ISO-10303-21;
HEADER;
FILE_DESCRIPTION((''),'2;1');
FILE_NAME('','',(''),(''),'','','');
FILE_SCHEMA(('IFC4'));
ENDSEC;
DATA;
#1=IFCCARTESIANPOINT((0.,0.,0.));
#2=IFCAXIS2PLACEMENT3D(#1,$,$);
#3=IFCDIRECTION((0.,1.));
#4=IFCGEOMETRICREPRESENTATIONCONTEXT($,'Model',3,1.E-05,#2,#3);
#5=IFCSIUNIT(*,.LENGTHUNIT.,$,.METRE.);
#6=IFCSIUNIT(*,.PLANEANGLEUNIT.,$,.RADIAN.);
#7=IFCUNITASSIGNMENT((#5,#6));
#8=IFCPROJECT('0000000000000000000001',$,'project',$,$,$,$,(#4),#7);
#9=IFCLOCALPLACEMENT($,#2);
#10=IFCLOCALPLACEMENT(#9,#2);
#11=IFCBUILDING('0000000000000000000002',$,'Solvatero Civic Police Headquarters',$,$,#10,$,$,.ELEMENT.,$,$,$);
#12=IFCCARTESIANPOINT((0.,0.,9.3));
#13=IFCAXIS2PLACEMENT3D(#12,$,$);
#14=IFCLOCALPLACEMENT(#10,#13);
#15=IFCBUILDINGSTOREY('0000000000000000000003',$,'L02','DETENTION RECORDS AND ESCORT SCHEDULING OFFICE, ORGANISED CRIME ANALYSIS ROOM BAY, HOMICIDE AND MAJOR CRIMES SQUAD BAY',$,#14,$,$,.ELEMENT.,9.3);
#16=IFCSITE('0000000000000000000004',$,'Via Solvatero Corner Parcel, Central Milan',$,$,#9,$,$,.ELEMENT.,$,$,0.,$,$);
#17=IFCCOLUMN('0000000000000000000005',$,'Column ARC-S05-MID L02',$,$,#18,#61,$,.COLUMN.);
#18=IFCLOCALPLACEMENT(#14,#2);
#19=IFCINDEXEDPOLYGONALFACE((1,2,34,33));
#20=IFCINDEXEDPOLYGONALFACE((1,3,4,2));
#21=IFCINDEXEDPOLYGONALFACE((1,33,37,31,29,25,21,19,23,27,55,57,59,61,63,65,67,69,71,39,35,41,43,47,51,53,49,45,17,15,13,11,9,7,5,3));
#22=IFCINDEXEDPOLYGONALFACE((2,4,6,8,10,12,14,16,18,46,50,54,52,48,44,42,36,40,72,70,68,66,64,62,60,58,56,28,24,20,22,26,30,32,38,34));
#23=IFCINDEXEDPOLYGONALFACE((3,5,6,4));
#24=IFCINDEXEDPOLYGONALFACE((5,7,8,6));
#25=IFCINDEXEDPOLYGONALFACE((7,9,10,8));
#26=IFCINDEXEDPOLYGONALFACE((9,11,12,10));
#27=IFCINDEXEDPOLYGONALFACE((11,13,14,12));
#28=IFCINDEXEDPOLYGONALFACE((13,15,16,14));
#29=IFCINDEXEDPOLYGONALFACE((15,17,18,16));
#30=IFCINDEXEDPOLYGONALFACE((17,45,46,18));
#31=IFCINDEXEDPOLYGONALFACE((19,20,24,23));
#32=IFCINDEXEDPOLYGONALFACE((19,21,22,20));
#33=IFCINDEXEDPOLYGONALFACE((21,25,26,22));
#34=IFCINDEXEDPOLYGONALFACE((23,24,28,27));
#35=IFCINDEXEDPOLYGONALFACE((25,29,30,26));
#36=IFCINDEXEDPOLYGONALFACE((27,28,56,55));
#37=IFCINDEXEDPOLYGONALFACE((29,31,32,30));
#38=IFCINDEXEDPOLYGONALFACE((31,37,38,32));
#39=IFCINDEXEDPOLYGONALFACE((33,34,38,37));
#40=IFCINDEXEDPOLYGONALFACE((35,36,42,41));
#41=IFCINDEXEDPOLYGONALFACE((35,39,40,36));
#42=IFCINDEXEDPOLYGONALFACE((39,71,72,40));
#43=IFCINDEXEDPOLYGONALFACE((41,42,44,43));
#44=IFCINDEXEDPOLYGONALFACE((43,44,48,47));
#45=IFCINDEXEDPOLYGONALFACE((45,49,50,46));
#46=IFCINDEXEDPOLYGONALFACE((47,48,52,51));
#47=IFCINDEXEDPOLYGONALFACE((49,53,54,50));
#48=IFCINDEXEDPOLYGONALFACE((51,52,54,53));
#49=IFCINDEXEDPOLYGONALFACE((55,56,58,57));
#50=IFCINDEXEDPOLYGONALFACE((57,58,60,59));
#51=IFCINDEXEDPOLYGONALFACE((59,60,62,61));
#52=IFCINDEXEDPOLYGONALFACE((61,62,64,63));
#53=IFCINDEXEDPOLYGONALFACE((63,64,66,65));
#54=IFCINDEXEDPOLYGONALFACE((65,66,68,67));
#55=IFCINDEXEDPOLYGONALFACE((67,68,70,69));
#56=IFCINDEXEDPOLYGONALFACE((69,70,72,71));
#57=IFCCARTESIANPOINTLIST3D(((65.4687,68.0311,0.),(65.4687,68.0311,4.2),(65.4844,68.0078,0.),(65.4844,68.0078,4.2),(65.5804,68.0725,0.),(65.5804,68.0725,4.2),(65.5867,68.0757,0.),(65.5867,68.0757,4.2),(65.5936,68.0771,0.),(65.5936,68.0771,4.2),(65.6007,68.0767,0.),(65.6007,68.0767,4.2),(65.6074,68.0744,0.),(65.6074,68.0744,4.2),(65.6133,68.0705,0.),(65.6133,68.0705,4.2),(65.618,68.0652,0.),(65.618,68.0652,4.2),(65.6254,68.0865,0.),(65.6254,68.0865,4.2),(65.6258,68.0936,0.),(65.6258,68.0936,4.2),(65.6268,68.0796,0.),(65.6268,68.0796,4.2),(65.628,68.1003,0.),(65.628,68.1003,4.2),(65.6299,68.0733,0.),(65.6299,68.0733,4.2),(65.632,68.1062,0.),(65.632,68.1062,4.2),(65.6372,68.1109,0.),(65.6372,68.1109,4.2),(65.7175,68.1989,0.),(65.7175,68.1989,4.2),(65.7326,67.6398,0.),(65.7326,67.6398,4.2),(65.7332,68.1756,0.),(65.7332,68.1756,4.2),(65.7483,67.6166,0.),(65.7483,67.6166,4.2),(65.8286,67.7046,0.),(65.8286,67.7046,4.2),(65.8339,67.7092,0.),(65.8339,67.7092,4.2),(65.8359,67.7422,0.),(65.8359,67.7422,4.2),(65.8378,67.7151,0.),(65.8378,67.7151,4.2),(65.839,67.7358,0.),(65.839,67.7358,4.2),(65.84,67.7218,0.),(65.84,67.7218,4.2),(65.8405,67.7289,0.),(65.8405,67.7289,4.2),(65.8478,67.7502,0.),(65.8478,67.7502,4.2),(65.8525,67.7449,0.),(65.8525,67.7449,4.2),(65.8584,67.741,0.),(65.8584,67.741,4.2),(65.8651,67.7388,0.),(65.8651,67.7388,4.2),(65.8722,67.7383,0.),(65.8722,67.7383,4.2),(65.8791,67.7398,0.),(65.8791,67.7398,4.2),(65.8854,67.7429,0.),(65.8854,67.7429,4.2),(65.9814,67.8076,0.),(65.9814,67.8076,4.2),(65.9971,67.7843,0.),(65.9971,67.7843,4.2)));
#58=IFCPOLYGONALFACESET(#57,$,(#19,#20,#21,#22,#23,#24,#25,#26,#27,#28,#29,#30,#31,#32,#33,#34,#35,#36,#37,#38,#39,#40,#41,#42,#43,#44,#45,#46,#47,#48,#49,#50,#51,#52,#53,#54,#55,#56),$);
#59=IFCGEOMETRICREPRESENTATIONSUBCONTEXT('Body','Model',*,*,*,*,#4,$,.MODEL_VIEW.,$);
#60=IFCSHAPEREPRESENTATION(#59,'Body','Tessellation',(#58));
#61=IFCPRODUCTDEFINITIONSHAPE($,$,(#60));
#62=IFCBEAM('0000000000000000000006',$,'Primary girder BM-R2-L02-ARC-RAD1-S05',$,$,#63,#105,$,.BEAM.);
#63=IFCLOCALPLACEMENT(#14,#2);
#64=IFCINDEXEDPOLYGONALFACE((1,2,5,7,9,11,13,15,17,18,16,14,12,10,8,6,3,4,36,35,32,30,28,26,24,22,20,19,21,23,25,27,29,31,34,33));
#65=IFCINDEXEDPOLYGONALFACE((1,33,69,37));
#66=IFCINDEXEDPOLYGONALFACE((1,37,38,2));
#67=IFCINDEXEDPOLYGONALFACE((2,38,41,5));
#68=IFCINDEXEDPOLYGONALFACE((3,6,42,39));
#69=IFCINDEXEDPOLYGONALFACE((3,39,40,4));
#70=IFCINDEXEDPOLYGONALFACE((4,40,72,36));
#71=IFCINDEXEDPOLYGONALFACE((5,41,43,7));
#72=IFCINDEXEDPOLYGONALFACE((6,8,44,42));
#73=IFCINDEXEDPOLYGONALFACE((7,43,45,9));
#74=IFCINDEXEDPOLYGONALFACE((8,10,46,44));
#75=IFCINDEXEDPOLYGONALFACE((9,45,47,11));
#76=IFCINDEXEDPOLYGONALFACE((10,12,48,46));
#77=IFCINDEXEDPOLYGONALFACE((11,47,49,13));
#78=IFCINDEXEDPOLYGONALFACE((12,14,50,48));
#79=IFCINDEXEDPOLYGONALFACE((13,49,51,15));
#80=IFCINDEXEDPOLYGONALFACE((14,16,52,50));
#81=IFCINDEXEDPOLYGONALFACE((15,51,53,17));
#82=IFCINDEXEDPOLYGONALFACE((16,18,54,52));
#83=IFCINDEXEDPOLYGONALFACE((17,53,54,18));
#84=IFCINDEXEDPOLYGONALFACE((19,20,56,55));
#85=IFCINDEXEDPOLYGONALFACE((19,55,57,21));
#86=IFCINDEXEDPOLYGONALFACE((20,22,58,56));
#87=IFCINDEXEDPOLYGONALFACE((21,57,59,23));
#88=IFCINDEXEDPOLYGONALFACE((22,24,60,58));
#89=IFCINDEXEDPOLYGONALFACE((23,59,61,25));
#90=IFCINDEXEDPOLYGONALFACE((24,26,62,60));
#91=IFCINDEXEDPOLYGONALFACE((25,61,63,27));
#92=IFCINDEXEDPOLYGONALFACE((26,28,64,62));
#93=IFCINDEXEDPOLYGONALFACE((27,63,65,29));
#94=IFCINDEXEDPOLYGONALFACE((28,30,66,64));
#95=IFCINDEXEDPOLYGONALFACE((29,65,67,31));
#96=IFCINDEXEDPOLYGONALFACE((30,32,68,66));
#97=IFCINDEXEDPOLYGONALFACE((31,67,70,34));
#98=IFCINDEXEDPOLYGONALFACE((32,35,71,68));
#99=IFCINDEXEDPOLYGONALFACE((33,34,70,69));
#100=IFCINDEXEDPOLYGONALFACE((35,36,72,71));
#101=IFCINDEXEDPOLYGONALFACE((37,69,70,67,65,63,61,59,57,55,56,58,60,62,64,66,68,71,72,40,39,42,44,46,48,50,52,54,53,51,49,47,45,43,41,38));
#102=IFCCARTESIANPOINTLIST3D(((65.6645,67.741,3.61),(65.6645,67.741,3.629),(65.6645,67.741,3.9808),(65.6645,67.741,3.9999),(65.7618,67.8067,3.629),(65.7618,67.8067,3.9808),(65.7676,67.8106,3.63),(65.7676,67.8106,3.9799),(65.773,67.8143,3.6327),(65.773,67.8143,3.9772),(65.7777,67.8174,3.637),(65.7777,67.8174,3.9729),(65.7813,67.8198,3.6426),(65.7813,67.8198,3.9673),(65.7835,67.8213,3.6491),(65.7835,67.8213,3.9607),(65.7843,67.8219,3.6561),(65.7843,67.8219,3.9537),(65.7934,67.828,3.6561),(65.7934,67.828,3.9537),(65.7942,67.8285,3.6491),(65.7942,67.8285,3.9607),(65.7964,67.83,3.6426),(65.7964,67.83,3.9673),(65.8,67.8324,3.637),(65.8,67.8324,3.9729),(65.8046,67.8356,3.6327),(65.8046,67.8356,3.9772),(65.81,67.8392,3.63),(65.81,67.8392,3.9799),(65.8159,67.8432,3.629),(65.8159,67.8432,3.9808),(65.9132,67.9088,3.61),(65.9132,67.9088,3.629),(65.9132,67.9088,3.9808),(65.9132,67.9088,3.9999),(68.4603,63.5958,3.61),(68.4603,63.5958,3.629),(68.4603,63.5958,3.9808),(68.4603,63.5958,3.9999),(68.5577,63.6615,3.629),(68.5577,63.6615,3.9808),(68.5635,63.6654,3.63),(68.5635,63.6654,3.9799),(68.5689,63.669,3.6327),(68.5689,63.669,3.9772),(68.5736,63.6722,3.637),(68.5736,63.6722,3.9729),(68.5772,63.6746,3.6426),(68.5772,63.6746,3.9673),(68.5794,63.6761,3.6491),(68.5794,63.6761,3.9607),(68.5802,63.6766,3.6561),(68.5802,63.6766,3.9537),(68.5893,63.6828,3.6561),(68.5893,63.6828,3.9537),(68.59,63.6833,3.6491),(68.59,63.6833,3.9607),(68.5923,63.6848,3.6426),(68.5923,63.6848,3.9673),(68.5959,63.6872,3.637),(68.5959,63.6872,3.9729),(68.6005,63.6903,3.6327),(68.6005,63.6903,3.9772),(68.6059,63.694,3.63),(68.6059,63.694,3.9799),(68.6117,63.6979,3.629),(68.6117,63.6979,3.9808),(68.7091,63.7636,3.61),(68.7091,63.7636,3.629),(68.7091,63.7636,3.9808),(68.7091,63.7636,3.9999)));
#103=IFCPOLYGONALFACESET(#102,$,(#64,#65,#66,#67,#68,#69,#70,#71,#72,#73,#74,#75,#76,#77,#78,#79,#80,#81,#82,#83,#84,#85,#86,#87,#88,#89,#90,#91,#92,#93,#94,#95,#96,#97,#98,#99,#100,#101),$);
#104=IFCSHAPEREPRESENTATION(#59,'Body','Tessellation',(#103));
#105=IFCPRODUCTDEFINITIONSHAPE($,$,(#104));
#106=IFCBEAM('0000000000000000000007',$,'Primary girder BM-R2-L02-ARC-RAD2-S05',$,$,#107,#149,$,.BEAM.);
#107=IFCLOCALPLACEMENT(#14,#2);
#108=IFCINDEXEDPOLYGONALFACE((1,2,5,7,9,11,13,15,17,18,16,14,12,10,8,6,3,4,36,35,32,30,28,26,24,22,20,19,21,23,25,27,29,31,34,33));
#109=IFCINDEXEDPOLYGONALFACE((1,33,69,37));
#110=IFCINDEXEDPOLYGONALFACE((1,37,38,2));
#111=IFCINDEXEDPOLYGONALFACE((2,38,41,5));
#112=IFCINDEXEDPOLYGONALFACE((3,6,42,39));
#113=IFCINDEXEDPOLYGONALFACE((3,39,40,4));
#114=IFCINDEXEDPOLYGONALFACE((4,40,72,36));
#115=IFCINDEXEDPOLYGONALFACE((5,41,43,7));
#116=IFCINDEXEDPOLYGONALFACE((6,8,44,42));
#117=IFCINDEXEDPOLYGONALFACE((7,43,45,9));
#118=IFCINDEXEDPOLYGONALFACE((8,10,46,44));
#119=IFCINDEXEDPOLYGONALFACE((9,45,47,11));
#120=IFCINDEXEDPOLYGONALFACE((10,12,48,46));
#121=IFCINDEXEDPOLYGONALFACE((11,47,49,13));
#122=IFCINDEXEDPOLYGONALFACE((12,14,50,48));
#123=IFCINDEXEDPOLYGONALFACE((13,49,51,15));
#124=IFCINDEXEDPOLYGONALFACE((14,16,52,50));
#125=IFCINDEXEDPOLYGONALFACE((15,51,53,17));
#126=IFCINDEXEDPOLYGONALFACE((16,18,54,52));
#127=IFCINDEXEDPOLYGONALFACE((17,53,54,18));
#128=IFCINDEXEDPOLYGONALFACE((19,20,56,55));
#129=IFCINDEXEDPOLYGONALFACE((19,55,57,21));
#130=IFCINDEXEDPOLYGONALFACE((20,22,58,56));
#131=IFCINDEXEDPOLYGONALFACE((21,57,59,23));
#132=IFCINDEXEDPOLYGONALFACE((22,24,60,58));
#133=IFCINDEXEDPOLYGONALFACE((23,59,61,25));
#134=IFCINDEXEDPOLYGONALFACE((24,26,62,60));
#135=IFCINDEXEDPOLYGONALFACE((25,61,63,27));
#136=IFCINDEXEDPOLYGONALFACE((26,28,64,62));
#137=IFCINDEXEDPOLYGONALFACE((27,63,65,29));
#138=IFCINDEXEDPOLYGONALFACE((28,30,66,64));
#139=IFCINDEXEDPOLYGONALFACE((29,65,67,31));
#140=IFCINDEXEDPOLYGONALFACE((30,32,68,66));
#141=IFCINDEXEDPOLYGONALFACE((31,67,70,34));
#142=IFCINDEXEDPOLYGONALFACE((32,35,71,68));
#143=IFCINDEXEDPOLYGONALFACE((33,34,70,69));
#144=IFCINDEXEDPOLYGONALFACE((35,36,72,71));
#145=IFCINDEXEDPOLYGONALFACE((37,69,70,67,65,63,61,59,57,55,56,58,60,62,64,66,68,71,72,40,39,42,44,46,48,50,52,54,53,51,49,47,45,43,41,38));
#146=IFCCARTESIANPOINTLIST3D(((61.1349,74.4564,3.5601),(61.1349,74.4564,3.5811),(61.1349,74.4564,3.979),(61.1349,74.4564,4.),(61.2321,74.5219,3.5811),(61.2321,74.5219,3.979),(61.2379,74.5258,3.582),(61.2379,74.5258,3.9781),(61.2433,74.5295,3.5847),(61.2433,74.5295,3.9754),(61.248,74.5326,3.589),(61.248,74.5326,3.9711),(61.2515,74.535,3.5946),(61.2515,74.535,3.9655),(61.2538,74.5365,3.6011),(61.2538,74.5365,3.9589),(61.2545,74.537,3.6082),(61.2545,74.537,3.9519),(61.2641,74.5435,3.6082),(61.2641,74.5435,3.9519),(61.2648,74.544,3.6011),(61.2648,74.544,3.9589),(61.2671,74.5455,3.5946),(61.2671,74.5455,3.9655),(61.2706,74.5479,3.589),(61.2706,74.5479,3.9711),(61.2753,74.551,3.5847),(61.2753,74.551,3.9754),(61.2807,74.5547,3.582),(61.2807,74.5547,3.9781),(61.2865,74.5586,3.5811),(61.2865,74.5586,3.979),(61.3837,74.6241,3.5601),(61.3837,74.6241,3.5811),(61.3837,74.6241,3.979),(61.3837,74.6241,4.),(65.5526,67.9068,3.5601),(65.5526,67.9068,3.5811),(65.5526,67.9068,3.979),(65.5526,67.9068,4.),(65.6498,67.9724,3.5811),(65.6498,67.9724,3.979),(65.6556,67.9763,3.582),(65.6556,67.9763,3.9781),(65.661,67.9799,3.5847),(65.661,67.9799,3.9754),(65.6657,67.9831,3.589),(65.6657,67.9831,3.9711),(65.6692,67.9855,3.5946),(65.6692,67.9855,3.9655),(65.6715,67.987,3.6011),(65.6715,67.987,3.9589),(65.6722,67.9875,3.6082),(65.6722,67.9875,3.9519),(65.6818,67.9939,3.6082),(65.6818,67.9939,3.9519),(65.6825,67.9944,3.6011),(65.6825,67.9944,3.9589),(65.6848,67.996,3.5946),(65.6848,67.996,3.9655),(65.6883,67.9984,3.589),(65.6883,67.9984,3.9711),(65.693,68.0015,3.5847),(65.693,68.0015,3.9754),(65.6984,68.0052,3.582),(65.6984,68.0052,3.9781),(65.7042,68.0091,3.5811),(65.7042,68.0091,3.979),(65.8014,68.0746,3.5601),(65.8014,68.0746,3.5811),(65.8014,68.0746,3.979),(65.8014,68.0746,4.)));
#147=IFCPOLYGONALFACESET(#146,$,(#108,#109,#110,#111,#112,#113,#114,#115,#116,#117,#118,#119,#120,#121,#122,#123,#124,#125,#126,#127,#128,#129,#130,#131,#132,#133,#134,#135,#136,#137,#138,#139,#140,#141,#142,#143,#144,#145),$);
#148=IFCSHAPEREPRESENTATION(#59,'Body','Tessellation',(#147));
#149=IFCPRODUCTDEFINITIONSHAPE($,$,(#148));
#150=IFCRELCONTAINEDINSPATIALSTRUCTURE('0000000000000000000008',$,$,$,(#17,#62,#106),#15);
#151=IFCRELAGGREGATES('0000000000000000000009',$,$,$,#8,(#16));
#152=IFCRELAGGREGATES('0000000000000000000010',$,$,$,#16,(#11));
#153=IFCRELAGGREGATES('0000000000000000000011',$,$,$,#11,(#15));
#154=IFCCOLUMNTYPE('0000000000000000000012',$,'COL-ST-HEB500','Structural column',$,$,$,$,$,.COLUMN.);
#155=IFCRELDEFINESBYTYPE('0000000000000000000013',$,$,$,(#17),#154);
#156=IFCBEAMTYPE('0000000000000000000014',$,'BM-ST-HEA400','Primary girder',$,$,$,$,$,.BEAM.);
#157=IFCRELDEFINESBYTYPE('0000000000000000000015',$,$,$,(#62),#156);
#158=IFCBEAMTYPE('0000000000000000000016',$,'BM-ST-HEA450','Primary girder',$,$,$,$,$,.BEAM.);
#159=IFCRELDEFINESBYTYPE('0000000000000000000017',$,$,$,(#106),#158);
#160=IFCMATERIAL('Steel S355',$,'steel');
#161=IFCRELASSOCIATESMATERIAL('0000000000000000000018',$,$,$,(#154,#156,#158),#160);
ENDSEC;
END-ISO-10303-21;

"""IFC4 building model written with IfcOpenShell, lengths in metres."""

from ifc_helpers import new_model, si_unit, direction, frame, origin, origin_2d, place, context, subcontext, project, spatial, i_section, extrude, material, material_profile, profile_set, type_object, element, save


model = new_model("IFC4")

# Units and contexts
model_context = context("Model", 3, precision=1e-05, world=origin(), true_north=direction((0.0, 1.0)))
body_context = subcontext(model_context, "Body", "Model", "MODEL_VIEW")
ifc_project = project(units=[si_unit("LENGTHUNIT", "METRE"), si_unit("PLANEANGLEUNIT", "RADIAN")], contexts=[model_context])

# Site, building, storey
site_placement = place(None, origin())
site = spatial("IfcSite", under=ifc_project, at=site_placement, Name="Via Solvatero Corner Parcel, Central Milan", CompositionType="ELEMENT", RefElevation=0.0)
building_placement = place(site_placement, origin())
building = spatial("IfcBuilding", under=site, at=building_placement, Name="Solvatero Civic Police Headquarters", CompositionType="ELEMENT")
storey_placement = place(building_placement, frame((0.0, 0.0, 9.3)))
storey = spatial("IfcBuildingStorey", under=building, at=storey_placement, Name="L02", Description="DETENTION RECORDS AND ESCORT SCHEDULING OFFICE, ORGANISED CRIME ANALYSIS ROOM BAY, HOMICIDE AND MAJOR CRIMES SQUAD BAY", CompositionType="ELEMENT", Elevation=9.3)

# Column
ifc_material_1 = material(Name="Steel S355", Category="steel")
ifc_material_profile_1 = material_profile(ifc_material_1, i_section(OverallWidth=0.3, OverallDepth=0.5, WebThickness=0.0144, FlangeThickness=0.0281, FilletRadius=0.0271, at=origin_2d()), Name="HEB 500")
ifc_profile_set_1 = profile_set([ifc_material_profile_1], Name="Steel S355")
column_type = type_object("IfcColumnType", Name="COL-ST-HEB500", Description="Structural column", PredefinedType="COLUMN", material=ifc_profile_set_1)
column_placement = place(storey_placement, frame((65.7329, 67.9077, 0.0), z_axis=(0.0, 0.0, 1.0), x_axis=(0.829038, 0.559193, 0.0)))
element("IfcColumn", 1, at=column_placement, inside=storey, type_object=column_type, Name="Column ARC-S05-MID L02", PredefinedType="COLUMN", context=body_context, shape_type="SweptSolid", body=[
    extrude(i_section(OverallWidth=0.3, OverallDepth=0.5, WebThickness=0.0144, FlangeThickness=0.0281, FilletRadius=0.0271, at=origin_2d()), origin(), (0.0, 0.0, 1.0), 4.2),
])

# Beams
ifc_material_profile_2 = material_profile(ifc_material_1, i_section(OverallWidth=0.3, OverallDepth=0.3899, WebThickness=0.011, FlangeThickness=0.019, FilletRadius=0.0271, at=origin_2d()), Name="HEA 400")
ifc_profile_set_2 = profile_set([ifc_material_profile_2], Name="Steel S355")
beam_type_1 = type_object("IfcBeamType", Name="BM-ST-HEA400", Description="Primary girder", PredefinedType="BEAM", material=ifc_profile_set_2)
beam_1_placement = place(storey_placement, frame((68.5847, 63.6797, 3.8049), z_axis=(-0.559177, 0.829048, 0.0), x_axis=(-0.829048, -0.559177, 0.0)))
element("IfcBeam", 2, at=beam_1_placement, inside=storey, type_object=beam_type_1, Name="Primary girder BM-R2-L02-ARC-RAD1-S05", PredefinedType="BEAM", context=body_context, shape_type="SweptSolid", body=[
    extrude(i_section(OverallWidth=0.3, OverallDepth=0.3899, WebThickness=0.011, FlangeThickness=0.019, FilletRadius=0.0271, at=origin_2d()), origin(), (0.0, 0.0, 1.0), 5.0),
])
ifc_material_profile_3 = material_profile(ifc_material_1, i_section(OverallWidth=0.3, OverallDepth=0.4399, WebThickness=0.0115, FlangeThickness=0.021, FilletRadius=0.0271, at=origin_2d()), Name="HEA 450")
ifc_profile_set_3 = profile_set([ifc_material_profile_3], Name="Steel S355")
beam_type_2 = type_object("IfcBeamType", Name="BM-ST-HEA450", Description="Primary girder", PredefinedType="BEAM", material=ifc_profile_set_3)
beam_2_placement = place(storey_placement, frame((65.677, 67.9907, 3.78), z_axis=(-0.559192, 0.829038, 0.0), x_axis=(-0.829038, -0.559192, 0.0)))
element("IfcBeam", 3, at=beam_2_placement, inside=storey, type_object=beam_type_2, Name="Primary girder BM-R2-L02-ARC-RAD2-S05", PredefinedType="BEAM", context=body_context, shape_type="SweptSolid", body=[
    extrude(i_section(OverallWidth=0.3, OverallDepth=0.4399, WebThickness=0.0115, FlangeThickness=0.021, FilletRadius=0.0271, at=origin_2d()), origin(), (0.0, 0.0, 1.0), 7.9001),
])

save(model, "model.ifc")
